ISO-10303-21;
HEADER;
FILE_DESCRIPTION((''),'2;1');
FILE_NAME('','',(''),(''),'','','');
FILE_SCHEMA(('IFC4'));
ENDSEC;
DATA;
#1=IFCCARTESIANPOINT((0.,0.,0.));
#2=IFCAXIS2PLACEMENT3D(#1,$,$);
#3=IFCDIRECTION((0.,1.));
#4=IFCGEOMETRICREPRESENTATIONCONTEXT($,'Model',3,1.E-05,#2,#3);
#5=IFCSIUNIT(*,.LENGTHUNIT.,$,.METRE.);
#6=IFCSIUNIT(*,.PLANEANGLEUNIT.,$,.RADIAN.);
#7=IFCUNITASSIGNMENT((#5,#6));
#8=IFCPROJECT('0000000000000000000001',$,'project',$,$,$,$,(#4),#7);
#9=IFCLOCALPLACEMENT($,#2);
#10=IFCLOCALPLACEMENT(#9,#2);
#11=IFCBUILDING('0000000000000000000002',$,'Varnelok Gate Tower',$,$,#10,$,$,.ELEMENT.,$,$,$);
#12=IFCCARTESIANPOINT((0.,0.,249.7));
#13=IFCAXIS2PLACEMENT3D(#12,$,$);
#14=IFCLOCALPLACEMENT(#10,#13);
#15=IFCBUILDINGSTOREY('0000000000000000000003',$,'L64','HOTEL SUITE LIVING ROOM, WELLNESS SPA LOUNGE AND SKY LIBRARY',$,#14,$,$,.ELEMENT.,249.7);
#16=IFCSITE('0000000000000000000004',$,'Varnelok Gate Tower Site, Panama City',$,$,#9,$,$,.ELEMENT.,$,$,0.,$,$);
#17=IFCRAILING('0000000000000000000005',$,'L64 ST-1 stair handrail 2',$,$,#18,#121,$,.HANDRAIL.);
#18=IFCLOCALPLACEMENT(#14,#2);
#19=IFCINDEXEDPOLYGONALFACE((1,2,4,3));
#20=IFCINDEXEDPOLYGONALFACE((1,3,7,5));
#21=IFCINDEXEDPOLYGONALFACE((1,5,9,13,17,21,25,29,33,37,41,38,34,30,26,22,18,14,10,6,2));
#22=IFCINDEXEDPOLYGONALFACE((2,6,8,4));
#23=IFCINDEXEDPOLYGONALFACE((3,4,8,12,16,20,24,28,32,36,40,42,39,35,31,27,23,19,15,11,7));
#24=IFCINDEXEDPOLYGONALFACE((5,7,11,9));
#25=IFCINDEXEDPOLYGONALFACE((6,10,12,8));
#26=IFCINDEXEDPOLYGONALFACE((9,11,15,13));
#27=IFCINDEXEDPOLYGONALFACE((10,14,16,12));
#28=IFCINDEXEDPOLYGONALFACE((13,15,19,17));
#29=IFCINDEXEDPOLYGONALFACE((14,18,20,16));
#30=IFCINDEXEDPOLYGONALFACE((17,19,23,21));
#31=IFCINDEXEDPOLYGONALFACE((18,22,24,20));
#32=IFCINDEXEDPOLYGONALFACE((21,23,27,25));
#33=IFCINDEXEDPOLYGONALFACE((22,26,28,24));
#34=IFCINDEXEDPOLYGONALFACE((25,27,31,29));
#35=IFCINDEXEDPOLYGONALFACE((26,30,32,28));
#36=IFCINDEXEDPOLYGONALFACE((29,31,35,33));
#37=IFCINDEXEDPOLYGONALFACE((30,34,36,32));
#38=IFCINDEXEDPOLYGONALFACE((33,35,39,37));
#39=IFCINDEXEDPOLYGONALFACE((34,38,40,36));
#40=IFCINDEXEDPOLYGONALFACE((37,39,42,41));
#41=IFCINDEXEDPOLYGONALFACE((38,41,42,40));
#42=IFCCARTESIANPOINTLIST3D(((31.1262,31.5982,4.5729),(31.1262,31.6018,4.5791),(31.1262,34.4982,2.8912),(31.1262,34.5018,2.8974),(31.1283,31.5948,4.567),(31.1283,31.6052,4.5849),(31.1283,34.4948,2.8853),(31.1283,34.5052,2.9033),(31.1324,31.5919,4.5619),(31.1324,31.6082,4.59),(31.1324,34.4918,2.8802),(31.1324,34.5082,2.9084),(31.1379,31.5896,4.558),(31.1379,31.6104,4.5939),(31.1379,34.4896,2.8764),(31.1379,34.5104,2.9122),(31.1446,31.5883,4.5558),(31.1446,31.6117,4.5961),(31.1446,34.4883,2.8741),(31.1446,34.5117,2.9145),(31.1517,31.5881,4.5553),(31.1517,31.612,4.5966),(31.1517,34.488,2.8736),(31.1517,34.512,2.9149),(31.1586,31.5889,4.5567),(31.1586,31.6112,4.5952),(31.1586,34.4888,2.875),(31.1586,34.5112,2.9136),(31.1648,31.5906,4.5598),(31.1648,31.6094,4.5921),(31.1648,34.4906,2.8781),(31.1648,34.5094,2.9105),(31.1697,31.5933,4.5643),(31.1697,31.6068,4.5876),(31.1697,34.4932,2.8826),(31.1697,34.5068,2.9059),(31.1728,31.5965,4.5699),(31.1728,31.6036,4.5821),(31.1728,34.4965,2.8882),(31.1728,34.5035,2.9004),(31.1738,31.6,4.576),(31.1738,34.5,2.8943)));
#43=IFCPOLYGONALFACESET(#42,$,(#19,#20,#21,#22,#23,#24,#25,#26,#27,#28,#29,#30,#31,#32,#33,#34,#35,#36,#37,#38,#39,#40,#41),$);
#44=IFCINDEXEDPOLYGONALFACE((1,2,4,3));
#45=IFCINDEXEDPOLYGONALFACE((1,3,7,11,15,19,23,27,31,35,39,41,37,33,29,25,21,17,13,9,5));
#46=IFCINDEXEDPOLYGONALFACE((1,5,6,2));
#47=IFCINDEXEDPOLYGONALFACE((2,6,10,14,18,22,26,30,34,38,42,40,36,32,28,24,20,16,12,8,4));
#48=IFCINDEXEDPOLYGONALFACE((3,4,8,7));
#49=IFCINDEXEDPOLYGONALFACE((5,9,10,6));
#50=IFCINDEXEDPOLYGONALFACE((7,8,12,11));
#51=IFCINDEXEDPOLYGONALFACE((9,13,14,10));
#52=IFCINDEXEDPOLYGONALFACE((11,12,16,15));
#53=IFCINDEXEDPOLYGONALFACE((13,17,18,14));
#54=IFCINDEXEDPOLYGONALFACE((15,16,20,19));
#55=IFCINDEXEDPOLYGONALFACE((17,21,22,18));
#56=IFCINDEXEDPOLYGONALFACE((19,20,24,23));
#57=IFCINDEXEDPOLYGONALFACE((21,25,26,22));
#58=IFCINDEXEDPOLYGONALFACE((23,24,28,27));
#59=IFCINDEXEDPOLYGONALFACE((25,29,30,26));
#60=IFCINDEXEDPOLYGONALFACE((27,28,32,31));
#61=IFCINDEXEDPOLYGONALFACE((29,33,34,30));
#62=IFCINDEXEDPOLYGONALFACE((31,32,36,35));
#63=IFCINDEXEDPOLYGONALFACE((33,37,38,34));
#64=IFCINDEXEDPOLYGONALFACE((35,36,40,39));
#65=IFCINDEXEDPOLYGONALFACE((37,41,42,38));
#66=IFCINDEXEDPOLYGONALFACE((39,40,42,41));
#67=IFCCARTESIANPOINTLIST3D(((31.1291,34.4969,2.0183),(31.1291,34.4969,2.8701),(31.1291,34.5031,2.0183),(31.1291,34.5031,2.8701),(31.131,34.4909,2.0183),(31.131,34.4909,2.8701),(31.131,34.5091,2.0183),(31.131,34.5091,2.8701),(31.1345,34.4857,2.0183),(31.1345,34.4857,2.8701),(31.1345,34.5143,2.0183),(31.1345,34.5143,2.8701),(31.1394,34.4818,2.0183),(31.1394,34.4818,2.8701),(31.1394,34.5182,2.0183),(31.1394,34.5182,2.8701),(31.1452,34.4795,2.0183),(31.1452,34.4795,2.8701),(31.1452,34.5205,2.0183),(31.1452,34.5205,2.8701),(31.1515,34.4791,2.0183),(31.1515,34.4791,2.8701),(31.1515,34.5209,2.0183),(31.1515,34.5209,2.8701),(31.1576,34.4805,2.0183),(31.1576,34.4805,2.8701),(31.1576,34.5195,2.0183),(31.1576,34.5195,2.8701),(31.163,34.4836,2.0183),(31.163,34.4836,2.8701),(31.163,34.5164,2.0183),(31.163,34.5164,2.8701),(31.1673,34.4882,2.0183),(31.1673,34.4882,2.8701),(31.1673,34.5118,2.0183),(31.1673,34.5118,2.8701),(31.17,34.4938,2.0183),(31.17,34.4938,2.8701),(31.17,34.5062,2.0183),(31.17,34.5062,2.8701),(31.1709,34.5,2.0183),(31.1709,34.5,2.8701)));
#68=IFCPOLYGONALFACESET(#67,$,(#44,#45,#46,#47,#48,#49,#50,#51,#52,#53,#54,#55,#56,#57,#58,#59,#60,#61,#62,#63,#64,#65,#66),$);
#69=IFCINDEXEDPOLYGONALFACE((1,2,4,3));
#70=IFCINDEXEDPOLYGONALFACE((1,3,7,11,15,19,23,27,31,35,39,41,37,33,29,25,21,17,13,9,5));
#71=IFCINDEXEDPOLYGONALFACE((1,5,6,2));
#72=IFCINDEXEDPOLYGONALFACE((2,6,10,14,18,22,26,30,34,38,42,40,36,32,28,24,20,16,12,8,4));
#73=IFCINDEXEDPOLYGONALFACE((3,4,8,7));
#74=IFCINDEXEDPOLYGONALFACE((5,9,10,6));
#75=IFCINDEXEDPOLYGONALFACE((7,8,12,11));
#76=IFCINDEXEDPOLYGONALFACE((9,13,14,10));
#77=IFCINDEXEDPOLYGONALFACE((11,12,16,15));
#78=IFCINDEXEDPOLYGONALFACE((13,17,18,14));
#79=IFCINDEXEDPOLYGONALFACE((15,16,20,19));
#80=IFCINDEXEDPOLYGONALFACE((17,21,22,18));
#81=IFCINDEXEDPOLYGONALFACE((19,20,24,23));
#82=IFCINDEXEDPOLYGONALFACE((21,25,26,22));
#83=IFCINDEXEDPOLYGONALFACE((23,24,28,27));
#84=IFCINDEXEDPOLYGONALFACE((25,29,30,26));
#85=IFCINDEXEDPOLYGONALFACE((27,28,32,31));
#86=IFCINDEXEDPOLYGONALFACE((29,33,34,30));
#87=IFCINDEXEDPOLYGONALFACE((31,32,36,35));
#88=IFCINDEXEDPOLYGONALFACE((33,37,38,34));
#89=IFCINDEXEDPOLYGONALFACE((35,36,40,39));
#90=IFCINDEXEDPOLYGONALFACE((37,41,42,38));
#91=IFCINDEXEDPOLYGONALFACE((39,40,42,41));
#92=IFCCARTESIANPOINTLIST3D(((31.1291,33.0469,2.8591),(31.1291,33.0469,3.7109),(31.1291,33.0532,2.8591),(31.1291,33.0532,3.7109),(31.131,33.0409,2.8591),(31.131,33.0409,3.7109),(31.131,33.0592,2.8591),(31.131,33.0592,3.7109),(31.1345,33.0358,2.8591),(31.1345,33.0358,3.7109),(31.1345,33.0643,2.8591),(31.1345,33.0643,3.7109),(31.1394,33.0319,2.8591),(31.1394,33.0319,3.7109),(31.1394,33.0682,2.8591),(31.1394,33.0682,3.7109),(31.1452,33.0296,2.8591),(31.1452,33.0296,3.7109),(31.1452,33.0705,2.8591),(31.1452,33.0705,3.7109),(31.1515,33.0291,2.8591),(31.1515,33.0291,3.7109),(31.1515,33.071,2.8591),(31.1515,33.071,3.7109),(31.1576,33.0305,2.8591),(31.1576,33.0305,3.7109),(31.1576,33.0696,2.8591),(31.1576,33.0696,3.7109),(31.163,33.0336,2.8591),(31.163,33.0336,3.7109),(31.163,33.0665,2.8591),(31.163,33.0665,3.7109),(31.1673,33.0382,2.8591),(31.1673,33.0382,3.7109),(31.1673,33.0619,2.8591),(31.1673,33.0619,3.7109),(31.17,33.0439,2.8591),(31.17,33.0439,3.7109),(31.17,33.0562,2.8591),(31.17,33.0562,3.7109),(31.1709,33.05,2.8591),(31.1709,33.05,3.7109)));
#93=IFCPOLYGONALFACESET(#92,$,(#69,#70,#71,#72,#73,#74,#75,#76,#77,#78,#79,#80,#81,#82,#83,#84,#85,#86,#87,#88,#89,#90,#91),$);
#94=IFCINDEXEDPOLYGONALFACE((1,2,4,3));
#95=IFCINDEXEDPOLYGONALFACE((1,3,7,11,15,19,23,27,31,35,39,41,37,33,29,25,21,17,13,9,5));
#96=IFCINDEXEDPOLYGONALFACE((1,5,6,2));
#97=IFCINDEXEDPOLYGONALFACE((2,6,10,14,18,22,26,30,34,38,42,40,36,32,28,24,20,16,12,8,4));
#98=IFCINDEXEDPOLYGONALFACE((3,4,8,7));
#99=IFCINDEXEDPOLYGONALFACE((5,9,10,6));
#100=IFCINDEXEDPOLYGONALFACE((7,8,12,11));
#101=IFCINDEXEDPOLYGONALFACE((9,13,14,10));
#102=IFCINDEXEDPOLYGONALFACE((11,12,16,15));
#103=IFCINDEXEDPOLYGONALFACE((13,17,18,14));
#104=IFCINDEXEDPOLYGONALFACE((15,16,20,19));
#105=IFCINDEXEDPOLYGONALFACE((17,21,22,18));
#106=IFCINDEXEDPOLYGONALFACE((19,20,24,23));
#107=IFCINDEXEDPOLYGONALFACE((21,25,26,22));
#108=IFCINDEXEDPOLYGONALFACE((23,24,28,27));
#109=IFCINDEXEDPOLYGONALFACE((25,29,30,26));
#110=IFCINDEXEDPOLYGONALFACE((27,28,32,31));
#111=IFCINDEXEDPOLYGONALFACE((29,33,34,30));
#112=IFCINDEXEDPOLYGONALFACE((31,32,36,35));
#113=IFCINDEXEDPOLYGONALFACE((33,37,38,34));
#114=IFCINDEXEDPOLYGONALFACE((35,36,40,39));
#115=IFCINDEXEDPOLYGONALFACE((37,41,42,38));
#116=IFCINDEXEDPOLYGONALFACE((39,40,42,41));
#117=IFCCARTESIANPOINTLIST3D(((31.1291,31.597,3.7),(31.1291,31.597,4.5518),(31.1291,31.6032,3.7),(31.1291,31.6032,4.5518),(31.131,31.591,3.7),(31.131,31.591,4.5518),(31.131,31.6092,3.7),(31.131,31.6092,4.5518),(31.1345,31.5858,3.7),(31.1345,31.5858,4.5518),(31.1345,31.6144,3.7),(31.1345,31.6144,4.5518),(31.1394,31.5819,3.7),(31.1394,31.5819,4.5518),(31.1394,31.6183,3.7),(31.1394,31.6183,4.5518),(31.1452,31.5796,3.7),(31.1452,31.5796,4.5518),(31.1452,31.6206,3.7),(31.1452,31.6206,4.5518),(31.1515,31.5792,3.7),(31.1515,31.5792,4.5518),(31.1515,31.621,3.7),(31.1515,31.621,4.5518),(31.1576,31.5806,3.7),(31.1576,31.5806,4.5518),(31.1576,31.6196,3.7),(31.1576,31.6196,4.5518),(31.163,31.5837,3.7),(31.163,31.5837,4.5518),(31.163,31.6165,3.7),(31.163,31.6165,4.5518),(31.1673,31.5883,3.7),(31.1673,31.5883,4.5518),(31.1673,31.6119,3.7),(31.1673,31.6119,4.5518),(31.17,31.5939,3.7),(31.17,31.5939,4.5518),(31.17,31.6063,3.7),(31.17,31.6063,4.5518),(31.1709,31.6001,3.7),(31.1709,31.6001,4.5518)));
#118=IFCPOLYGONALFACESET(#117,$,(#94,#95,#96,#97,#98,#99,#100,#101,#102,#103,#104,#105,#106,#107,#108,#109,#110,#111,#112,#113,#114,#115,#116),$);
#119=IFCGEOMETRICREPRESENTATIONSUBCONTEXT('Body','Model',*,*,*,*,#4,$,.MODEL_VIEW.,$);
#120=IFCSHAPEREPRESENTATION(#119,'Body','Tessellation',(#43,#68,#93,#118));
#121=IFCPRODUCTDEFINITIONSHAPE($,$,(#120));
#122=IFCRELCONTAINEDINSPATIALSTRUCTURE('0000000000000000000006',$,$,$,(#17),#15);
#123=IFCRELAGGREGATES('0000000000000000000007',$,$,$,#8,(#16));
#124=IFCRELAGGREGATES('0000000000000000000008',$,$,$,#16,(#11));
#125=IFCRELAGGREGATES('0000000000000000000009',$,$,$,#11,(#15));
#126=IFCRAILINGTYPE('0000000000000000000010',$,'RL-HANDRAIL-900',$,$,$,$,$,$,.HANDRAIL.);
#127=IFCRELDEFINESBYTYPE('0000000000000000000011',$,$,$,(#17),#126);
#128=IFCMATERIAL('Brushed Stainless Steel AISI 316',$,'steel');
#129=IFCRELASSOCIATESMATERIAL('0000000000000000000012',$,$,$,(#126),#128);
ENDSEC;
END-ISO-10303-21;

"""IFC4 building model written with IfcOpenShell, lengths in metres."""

from ifc_helpers import new_model, si_unit, direction, frame, origin, origin_2d, place, context, subcontext, project, spatial, circle, extrude, material, type_object, element, save


model = new_model("IFC4")

# Units and contexts
model_context = context("Model", 3, precision=1e-05, world=origin(), true_north=direction((0.0, 1.0)))
body_context = subcontext(model_context, "Body", "Model", "MODEL_VIEW")
ifc_project = project(units=[si_unit("LENGTHUNIT", "METRE"), si_unit("PLANEANGLEUNIT", "RADIAN")], contexts=[model_context])

# Site, building, storey
site_placement = place(None, origin())
site = spatial("IfcSite", under=ifc_project, at=site_placement, Name="Varnelok Gate Tower Site, Panama City", CompositionType="ELEMENT", RefElevation=0.0)
building_placement = place(site_placement, origin())
building = spatial("IfcBuilding", under=site, at=building_placement, Name="Varnelok Gate Tower", CompositionType="ELEMENT")
storey_placement = place(building_placement, frame((0.0, 0.0, 249.7)))
storey = spatial("IfcBuildingStorey", under=building, at=storey_placement, Name="L64", Description="HOTEL SUITE LIVING ROOM, WELLNESS SPA LOUNGE AND SKY LIBRARY", CompositionType="ELEMENT", Elevation=249.7)

# Railing
ifc_material_1 = material(Name="Brushed Stainless Steel AISI 316", Category="steel")
railing_type_1 = type_object("IfcRailingType", Name="RL-HANDRAIL-900", PredefinedType="HANDRAIL", material=ifc_material_1)
railing_1_placement = place(storey_placement, frame((31.1499, 34.5, 2.0183)))
element("IfcRailing", 1, at=railing_1_placement, inside=storey, type_object=railing_type_1, Name="L64 ST-1 stair handrail 2", PredefinedType="HANDRAIL", context=body_context, shape_type="SweptSolid", body=[
    extrude(circle(Radius=0.0239, at=origin_2d()), frame((0.0, 0.0, 0.876), z_axis=(0.0, -0.86507, 0.501651), x_axis=(1.0, 0.0, 0.0)), (0.0, 0.0, 1.0), 3.3523),
    extrude(circle(Radius=0.021, at=origin_2d()), origin(), (0.0, 0.0, 1.0), 0.8518),
    extrude(circle(Radius=0.021, at=origin_2d()), frame((0.0, -1.45, 0.8408)), (0.0, 0.0, 1.0), 0.8518),
    extrude(circle(Radius=0.021, at=origin_2d()), frame((0.0, -2.8999, 1.6816)), (0.0, 0.0, 1.0), 0.8518),
])

save(model, "model.ifc")
